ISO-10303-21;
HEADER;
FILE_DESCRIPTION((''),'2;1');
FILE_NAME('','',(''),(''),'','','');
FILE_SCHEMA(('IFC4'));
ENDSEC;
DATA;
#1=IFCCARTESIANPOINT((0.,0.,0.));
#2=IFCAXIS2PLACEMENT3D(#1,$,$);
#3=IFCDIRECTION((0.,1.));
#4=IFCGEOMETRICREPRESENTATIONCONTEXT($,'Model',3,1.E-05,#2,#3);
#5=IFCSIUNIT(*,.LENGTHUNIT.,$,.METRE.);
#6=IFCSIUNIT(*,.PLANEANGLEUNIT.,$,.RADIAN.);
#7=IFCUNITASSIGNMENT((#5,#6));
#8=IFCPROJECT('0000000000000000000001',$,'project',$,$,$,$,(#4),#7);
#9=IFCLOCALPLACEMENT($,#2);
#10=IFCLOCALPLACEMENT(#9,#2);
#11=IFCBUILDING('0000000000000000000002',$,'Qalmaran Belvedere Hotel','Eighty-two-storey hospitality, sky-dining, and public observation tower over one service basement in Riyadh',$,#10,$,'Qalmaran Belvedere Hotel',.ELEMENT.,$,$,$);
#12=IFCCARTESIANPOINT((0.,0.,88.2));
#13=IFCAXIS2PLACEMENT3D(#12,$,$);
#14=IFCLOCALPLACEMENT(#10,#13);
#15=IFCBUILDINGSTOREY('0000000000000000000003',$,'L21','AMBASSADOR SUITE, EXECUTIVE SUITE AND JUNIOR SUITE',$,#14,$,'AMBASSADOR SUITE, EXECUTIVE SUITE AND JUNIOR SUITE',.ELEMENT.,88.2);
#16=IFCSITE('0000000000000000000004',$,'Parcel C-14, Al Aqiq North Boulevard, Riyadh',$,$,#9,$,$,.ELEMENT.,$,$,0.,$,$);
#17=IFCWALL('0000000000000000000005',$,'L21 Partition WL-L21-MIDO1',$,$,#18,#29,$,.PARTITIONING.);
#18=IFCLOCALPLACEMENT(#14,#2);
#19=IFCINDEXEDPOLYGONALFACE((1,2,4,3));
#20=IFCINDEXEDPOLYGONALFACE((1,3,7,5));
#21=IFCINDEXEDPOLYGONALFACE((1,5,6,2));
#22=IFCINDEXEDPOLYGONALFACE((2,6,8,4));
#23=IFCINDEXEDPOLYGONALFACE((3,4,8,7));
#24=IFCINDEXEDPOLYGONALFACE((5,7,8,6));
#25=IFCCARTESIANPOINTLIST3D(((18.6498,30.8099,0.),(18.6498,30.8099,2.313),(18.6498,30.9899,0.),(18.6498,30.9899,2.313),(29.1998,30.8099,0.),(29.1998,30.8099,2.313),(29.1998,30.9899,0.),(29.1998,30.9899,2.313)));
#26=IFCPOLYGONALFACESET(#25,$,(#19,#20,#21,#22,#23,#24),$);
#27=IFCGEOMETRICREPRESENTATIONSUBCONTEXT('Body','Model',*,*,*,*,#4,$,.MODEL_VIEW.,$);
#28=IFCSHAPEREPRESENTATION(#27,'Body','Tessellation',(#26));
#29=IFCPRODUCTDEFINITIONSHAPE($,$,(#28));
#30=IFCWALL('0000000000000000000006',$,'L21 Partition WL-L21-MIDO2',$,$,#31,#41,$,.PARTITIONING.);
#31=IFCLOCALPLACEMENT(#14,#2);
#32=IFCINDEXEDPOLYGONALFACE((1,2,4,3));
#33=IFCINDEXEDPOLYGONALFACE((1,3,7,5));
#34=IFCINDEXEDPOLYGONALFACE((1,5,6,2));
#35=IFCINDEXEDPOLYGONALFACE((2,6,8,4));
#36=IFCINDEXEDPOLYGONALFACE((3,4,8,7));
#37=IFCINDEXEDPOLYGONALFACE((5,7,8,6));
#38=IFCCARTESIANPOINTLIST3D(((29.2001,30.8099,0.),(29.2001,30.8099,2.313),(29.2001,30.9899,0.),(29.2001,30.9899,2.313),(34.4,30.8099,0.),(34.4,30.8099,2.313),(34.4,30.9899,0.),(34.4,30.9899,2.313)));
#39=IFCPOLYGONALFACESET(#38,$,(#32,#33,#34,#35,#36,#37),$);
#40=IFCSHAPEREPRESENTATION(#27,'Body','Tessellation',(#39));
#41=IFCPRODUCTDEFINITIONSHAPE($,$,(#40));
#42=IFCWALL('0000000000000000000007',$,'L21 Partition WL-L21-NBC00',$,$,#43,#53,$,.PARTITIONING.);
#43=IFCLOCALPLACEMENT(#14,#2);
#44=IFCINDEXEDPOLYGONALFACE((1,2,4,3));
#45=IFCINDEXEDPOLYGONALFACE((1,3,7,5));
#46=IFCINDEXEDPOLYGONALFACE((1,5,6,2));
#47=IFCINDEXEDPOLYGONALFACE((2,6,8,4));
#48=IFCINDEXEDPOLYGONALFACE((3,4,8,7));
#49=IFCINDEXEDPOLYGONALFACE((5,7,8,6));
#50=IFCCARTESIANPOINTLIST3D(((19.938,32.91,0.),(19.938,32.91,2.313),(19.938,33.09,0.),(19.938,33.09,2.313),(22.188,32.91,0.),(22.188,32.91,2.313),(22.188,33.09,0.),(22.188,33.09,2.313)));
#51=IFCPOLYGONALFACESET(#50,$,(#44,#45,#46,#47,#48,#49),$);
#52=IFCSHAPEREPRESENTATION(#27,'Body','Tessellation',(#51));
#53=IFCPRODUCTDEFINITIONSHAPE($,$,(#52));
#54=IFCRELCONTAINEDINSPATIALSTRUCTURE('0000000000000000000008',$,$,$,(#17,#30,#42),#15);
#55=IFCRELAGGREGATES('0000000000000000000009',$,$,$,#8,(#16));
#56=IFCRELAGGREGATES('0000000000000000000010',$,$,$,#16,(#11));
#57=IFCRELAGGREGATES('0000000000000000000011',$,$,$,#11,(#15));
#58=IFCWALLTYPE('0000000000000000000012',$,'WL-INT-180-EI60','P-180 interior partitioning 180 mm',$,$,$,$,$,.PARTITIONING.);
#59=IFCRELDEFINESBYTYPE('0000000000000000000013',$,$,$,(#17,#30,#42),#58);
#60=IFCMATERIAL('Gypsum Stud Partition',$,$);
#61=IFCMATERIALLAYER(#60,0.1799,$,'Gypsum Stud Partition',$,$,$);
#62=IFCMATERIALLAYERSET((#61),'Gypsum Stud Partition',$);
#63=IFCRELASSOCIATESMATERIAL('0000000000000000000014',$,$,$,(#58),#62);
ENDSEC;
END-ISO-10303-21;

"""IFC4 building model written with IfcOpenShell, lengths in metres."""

from ifc_helpers import new_model, si_unit, direction, frame, frame_2d, origin, place, context, subcontext, project, spatial, rectangle, extrude, material, layer, layer_set, type_object, element, save


model = new_model("IFC4")

# Units and contexts
model_context = context("Model", 3, precision=1e-05, world=origin(), true_north=direction((0.0, 1.0)))
body_context = subcontext(model_context, "Body", "Model", "MODEL_VIEW")
ifc_project = project(units=[si_unit("LENGTHUNIT", "METRE"), si_unit("PLANEANGLEUNIT", "RADIAN")], contexts=[model_context])

# Site, building, storey
site_placement = place(None, origin())
site = spatial("IfcSite", under=ifc_project, at=site_placement, Name="Parcel C-14, Al Aqiq North Boulevard, Riyadh", CompositionType="ELEMENT", RefElevation=0.0)
building_placement = place(site_placement, origin())
building = spatial("IfcBuilding", under=site, at=building_placement, Name="Qalmaran Belvedere Hotel", Description="Eighty-two-storey hospitality, sky-dining, and public observation tower over one service basement in Riyadh", LongName="Qalmaran Belvedere Hotel", CompositionType="ELEMENT")
storey_placement = place(building_placement, frame((0.0, 0.0, 88.2)))
storey = spatial("IfcBuildingStorey", under=building, at=storey_placement, Name="L21", Description="AMBASSADOR SUITE, EXECUTIVE SUITE AND JUNIOR SUITE", LongName="AMBASSADOR SUITE, EXECUTIVE SUITE AND JUNIOR SUITE", CompositionType="ELEMENT", Elevation=88.2)

# Wall
ifc_material_1 = material(Name="Gypsum Stud Partition")
ifc_layer_1 = layer(ifc_material_1, 0.1799, Name="Gypsum Stud Partition")
ifc_layer_set_1 = layer_set([ifc_layer_1], Name="Gypsum Stud Partition")
wall_type_1 = type_object("IfcWallType", Name="WL-INT-180-EI60", Description="P-180 interior partitioning 180 mm", PredefinedType="PARTITIONING", material=ifc_layer_set_1)
wall_1_placement = place(storey_placement, frame((18.6499, 30.8999, 0.0), z_axis=(0.0, 0.0, 1.0), x_axis=(1.0, 0.0, 0.0)))
element("IfcWall", 1, at=wall_1_placement, inside=storey, type_object=wall_type_1, Name="L21 Partition WL-L21-MIDO1", PredefinedType="PARTITIONING", context=body_context, shape_type="SweptSolid", body=[
    extrude(rectangle(XDim=10.55, YDim=0.1799, at=frame_2d((5.2749, 0.0))), origin(), (0.0, 0.0, 1.0), 2.313),
])

# Walls
wall_2_placement = place(storey_placement, frame((29.2, 30.8999, 0.0), z_axis=(0.0, 0.0, 1.0), x_axis=(1.0, 0.0, 0.0)))
element("IfcWall", 2, at=wall_2_placement, inside=storey, type_object=wall_type_1, Name="L21 Partition WL-L21-MIDO2", PredefinedType="PARTITIONING", context=body_context, shape_type="SweptSolid", body=[
    extrude(rectangle(XDim=5.2, YDim=0.1799, at=frame_2d((2.6001, 0.0))), origin(), (0.0, 0.0, 1.0), 2.313),
])
wall_3_placement = place(storey_placement, frame((19.938, 33.0, 0.0), z_axis=(0.0, 0.0, 1.0), x_axis=(1.0, 0.0, 0.0)))
element("IfcWall", 3, at=wall_3_placement, inside=storey, type_object=wall_type_1, Name="L21 Partition WL-L21-NBC00", PredefinedType="PARTITIONING", context=body_context, shape_type="SweptSolid", body=[
    extrude(rectangle(XDim=2.25, YDim=0.1799, at=frame_2d((1.125, 0.0))), origin(), (0.0, 0.0, 1.0), 2.313),
])

save(model, "model.ifc")
